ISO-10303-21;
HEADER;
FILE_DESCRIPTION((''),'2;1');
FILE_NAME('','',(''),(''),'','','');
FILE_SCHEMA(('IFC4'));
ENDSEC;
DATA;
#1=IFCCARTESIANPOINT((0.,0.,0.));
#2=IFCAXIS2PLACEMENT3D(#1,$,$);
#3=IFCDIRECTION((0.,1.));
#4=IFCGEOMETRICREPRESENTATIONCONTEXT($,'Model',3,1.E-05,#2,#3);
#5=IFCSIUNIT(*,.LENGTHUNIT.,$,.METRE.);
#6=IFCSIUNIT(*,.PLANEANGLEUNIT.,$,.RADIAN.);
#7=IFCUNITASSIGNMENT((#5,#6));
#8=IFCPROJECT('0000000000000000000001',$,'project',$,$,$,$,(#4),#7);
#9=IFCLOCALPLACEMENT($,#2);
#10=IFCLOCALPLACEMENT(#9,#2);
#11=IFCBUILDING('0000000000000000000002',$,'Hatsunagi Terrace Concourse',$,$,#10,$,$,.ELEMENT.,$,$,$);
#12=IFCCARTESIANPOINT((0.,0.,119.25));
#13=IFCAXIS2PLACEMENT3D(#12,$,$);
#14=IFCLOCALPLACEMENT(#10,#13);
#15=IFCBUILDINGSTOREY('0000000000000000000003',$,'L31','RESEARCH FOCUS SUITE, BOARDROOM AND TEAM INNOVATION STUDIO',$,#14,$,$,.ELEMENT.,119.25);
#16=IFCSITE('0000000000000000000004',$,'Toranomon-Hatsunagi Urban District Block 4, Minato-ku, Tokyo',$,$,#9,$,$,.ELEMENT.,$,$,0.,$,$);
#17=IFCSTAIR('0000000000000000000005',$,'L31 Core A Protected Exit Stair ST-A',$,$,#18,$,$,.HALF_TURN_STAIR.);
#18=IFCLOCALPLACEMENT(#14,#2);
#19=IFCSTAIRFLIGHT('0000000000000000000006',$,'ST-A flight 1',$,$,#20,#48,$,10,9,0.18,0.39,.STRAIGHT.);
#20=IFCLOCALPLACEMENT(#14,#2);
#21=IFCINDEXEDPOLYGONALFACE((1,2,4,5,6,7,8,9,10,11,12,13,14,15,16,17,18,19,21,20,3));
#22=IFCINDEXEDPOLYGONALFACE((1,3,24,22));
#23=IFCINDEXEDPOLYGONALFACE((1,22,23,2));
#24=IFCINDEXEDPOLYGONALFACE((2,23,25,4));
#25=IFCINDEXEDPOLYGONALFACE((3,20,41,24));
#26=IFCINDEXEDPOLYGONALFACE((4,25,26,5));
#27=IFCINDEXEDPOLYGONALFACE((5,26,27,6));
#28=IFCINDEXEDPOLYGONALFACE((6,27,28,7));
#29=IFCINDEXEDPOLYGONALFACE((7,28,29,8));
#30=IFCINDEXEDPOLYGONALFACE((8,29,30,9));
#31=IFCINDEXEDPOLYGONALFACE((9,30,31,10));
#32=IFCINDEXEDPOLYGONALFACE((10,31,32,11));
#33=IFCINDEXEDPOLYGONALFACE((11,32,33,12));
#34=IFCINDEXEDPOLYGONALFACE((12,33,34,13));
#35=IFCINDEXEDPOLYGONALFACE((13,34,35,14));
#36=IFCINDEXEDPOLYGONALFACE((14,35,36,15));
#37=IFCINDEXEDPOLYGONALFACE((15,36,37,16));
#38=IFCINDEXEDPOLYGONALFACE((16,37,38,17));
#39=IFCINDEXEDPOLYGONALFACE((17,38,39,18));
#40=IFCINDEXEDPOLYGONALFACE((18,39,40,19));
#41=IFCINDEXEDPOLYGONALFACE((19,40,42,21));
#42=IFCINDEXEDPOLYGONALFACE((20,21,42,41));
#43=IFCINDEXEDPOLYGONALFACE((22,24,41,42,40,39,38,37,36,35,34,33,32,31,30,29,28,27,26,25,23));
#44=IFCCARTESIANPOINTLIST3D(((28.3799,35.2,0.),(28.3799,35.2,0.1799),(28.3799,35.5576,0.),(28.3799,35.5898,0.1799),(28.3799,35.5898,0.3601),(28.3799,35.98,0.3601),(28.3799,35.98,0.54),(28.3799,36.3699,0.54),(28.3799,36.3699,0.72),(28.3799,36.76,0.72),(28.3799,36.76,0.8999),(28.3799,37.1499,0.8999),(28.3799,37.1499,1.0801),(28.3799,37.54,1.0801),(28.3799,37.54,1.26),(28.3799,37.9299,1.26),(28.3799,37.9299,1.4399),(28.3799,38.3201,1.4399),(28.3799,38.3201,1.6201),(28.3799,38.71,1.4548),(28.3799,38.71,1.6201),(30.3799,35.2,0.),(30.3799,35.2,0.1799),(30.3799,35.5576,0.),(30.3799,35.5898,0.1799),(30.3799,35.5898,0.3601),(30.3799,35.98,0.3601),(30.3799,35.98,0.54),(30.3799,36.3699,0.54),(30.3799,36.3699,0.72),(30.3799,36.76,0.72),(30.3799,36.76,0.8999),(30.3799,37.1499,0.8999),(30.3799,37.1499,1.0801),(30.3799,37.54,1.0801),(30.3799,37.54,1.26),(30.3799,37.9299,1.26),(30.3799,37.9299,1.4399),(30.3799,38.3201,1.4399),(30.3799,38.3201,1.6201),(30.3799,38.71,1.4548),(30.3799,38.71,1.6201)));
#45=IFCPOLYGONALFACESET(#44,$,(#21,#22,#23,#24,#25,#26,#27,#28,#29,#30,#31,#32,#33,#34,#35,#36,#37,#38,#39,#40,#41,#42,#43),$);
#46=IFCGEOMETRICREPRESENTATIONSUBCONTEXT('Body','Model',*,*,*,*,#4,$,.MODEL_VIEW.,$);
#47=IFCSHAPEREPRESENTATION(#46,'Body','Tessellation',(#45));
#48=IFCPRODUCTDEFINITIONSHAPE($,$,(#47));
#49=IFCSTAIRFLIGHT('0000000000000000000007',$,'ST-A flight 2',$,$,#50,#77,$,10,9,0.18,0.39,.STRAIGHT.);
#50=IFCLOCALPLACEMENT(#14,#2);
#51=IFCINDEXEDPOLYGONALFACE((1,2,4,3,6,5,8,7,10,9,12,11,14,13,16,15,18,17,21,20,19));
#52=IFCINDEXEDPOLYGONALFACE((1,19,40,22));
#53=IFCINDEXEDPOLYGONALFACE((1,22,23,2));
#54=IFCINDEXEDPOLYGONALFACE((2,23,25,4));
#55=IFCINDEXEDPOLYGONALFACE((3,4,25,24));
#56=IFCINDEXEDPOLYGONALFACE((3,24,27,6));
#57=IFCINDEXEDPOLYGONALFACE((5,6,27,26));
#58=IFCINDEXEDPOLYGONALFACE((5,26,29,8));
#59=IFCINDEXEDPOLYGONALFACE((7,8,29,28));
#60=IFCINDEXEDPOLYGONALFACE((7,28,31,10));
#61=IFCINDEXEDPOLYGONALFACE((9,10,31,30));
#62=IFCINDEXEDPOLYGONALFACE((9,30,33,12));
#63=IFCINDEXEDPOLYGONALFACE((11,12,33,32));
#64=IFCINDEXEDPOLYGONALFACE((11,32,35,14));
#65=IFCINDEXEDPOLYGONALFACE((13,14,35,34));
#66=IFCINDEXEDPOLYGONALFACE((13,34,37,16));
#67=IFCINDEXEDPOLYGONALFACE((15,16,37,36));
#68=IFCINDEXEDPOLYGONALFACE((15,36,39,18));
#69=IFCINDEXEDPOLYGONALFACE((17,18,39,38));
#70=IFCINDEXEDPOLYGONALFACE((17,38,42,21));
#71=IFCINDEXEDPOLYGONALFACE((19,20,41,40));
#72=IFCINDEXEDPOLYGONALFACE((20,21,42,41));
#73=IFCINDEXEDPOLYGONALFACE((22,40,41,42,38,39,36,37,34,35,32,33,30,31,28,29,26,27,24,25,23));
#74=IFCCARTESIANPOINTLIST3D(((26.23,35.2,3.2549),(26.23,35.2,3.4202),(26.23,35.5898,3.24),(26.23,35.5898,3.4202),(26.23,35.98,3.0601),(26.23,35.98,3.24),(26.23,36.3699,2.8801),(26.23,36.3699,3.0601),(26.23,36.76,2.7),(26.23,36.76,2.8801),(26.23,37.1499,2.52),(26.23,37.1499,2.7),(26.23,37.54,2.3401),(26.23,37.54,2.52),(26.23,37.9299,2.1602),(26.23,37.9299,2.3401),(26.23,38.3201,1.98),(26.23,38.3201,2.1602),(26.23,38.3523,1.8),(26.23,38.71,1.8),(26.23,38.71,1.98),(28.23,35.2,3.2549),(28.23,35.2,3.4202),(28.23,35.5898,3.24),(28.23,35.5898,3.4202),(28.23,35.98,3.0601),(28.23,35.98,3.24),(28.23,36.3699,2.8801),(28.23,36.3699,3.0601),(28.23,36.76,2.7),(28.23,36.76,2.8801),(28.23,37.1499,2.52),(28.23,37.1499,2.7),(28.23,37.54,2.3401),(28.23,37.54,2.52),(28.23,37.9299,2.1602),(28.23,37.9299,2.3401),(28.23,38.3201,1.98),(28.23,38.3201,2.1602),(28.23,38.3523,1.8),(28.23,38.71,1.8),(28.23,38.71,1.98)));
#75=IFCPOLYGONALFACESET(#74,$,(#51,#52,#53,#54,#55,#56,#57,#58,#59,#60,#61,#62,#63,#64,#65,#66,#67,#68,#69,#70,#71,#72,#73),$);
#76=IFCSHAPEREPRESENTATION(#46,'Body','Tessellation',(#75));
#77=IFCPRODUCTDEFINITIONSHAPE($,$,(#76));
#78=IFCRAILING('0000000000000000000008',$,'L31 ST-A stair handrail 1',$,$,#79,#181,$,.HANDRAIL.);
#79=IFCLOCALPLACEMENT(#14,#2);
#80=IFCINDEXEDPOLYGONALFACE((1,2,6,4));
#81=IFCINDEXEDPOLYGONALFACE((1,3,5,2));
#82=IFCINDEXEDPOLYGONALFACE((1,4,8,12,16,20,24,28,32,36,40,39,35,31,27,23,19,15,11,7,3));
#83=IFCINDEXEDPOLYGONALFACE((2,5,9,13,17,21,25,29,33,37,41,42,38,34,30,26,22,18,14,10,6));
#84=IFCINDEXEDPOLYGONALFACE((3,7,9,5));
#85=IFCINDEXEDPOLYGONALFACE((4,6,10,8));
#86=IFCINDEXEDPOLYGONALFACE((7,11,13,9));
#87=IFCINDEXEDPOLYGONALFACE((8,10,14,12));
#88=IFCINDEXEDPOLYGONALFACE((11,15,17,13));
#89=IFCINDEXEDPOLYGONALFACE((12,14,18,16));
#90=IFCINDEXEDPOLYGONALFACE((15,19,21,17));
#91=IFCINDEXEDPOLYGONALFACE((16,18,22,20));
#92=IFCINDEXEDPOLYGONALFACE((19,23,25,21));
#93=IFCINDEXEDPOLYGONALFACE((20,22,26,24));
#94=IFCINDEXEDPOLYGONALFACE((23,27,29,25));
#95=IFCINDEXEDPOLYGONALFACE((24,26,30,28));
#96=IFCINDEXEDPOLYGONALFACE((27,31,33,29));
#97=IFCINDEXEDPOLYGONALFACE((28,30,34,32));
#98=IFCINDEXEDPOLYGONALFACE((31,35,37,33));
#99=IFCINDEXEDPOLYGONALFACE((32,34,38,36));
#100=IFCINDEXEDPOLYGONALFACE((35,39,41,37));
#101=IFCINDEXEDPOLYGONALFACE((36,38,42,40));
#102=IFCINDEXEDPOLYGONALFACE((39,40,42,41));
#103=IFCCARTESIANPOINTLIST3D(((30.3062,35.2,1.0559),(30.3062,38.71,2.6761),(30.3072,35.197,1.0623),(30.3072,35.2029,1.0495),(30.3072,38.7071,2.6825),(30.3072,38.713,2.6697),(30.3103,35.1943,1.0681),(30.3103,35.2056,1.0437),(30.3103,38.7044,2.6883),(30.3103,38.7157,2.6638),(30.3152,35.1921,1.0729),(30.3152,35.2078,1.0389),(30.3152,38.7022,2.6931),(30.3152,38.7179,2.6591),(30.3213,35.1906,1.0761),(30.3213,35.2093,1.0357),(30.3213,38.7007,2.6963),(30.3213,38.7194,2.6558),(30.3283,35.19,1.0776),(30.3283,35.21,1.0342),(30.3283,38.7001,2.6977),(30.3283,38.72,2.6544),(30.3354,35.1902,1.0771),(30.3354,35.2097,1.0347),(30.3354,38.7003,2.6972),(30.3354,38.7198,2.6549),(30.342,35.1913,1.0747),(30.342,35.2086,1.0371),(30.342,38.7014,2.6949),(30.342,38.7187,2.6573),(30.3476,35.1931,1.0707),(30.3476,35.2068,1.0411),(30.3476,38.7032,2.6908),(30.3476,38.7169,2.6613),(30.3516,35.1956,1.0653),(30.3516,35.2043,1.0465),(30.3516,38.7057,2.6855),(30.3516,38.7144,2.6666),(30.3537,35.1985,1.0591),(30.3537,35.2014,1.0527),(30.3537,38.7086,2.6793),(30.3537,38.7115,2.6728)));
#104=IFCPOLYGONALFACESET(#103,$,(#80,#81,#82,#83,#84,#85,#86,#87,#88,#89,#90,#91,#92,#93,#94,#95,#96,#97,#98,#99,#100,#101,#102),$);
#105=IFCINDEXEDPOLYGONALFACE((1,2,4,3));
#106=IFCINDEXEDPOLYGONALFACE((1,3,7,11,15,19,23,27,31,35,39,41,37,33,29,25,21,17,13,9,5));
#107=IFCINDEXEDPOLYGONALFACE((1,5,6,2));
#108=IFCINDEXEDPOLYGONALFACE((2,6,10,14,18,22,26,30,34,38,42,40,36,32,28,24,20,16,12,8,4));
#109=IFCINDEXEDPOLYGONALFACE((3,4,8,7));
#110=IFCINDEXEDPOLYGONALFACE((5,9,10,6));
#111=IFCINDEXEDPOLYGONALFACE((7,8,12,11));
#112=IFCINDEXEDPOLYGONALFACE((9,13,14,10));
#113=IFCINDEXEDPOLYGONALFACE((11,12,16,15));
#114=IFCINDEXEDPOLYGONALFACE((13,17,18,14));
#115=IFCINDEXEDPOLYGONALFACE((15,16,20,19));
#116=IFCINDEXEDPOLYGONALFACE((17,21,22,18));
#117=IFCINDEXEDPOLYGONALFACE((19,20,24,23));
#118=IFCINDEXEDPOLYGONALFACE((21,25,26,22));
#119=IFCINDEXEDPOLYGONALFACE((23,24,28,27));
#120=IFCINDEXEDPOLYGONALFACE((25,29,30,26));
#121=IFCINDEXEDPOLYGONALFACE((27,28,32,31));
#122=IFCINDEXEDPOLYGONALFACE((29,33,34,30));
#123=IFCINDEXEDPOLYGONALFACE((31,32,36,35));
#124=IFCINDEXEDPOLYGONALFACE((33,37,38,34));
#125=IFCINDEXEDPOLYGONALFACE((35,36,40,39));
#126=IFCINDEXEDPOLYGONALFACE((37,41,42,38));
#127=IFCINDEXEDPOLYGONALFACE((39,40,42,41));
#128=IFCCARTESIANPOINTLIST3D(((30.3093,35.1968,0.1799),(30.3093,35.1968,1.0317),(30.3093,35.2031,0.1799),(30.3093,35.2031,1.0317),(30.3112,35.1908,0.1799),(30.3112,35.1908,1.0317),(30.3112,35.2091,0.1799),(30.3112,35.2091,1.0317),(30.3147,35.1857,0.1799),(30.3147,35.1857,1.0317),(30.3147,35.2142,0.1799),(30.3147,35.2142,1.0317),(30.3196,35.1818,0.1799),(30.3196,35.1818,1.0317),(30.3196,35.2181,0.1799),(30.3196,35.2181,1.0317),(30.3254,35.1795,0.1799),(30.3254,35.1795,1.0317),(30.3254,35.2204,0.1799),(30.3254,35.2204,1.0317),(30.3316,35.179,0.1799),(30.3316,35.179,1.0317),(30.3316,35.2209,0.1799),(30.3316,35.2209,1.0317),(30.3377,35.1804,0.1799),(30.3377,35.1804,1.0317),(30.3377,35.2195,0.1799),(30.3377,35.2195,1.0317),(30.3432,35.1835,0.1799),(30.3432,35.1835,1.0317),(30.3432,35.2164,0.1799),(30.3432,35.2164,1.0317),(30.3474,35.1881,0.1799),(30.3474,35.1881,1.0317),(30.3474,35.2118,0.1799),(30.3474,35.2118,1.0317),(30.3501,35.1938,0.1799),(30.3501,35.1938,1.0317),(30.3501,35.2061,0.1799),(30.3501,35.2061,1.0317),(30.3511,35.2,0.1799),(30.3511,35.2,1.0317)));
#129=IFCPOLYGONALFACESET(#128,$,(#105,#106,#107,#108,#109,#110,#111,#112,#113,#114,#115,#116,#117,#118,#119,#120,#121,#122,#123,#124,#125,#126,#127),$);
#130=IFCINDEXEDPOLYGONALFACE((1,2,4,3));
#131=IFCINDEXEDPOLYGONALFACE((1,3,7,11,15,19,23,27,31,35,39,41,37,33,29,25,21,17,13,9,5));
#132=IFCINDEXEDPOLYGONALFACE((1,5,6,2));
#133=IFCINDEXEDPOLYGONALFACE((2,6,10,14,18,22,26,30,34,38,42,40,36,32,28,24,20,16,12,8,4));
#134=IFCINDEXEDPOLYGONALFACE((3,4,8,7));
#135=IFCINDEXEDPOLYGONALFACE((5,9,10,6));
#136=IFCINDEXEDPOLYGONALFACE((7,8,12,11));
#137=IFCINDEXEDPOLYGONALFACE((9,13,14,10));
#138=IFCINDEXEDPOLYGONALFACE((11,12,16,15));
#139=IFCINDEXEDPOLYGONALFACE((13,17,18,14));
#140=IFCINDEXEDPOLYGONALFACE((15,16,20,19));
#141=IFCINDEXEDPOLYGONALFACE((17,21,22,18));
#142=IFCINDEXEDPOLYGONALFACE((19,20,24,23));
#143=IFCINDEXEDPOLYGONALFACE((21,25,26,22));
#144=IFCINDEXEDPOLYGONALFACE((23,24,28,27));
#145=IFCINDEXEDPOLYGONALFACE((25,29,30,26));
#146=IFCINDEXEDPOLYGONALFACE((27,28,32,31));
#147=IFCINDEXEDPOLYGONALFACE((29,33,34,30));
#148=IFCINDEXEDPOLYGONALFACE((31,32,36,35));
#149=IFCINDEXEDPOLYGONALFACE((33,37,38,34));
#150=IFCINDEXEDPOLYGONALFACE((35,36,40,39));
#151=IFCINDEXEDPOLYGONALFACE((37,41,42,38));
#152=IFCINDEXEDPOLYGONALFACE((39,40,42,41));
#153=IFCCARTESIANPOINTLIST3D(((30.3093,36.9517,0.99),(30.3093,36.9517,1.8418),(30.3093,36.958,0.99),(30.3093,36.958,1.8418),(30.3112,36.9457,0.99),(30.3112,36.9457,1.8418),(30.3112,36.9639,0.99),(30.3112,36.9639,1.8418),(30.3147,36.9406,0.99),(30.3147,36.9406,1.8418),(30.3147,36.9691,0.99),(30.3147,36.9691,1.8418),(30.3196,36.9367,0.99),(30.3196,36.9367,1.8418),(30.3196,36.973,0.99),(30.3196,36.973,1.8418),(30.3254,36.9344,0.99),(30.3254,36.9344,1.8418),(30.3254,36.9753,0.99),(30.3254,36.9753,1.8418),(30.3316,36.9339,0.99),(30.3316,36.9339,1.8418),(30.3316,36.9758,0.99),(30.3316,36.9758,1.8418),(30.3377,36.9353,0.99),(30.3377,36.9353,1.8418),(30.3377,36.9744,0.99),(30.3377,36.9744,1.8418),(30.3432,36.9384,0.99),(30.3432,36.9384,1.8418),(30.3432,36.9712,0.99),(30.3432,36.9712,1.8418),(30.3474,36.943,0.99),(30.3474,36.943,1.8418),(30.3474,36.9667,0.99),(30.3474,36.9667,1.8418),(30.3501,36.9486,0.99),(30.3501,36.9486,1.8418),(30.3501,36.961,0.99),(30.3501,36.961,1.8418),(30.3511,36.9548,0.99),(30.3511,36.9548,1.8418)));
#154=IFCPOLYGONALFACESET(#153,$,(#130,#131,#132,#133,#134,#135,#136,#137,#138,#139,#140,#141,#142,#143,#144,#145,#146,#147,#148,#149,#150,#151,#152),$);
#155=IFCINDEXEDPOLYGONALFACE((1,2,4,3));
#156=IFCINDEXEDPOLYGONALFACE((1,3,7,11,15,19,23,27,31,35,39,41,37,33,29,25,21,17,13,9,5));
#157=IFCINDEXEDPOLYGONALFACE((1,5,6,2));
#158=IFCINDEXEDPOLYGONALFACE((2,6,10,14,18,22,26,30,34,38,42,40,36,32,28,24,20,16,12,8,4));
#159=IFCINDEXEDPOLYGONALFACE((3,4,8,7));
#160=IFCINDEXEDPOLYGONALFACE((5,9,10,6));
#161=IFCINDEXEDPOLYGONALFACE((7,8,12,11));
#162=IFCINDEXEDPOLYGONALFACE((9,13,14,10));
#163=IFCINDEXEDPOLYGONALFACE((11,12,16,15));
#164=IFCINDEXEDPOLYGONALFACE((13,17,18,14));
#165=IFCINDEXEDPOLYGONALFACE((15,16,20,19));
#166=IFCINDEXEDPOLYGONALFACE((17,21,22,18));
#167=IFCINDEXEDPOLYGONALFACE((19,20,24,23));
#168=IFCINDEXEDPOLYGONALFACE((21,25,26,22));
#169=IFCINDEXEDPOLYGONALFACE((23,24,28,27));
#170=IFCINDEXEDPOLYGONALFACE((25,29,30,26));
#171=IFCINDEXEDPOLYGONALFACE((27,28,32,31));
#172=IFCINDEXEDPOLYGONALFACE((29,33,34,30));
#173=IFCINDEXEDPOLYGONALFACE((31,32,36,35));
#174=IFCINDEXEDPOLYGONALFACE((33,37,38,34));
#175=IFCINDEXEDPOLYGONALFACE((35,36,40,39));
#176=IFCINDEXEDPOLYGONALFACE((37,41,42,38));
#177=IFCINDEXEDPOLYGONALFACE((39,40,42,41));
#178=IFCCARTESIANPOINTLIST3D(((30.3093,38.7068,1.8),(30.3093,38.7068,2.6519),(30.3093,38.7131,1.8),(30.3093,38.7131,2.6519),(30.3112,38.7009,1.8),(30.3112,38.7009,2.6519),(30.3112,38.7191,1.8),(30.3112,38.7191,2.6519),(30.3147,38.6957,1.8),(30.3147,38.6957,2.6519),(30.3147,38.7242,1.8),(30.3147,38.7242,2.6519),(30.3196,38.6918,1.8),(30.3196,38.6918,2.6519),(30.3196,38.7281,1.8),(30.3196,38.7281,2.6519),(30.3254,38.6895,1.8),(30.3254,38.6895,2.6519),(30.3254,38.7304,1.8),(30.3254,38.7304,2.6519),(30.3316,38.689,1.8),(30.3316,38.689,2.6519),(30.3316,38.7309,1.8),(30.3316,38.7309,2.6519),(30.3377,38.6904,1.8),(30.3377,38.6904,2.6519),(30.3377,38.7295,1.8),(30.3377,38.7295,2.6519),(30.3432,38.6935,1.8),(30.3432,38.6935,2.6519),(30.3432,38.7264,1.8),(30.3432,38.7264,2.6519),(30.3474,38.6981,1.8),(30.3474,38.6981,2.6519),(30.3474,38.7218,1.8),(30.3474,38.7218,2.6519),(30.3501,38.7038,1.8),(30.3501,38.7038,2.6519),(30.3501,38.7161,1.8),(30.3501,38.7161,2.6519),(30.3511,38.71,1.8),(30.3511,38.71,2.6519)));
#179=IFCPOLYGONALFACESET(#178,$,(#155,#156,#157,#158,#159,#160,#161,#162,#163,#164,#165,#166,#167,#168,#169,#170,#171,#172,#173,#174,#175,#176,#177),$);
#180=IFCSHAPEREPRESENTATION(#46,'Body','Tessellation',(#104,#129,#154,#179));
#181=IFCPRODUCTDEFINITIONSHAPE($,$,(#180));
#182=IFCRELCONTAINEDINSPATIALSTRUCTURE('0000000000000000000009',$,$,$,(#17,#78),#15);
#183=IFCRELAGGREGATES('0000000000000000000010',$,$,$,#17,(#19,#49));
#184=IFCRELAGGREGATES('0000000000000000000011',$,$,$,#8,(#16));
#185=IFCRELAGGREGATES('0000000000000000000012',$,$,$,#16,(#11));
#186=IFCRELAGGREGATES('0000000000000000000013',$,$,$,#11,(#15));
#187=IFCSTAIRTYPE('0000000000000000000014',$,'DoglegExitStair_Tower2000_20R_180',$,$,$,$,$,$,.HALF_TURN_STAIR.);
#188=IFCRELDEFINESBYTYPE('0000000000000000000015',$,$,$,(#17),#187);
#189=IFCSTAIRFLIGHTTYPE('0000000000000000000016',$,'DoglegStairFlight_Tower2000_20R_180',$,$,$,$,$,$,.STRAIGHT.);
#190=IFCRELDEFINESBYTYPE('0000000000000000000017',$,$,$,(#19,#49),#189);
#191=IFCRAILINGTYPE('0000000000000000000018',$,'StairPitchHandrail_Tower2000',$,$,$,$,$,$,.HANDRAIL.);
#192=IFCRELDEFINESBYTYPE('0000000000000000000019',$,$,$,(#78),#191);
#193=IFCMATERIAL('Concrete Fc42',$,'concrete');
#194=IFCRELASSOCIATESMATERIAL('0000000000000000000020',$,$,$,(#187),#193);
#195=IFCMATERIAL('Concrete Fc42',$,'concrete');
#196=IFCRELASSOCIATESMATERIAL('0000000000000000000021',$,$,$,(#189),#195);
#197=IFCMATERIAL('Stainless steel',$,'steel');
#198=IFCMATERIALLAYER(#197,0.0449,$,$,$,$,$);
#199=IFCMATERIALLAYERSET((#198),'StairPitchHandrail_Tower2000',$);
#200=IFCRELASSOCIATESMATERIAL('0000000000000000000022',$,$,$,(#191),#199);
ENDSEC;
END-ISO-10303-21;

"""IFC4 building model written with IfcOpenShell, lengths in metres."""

from ifc_helpers import new_model, si_unit, direction, frame, origin, origin_2d, place, context, subcontext, project, spatial, polyline, circle, outline, extrude, material, layer, layer_set, type_object, element, aggregate, save


model = new_model("IFC4")

# Units and contexts
model_context = context("Model", 3, precision=1e-05, world=origin(), true_north=direction((0.0, 1.0)))
body_context = subcontext(model_context, "Body", "Model", "MODEL_VIEW")
ifc_project = project(units=[si_unit("LENGTHUNIT", "METRE"), si_unit("PLANEANGLEUNIT", "RADIAN")], contexts=[model_context])

# Site, building, storey
site_placement = place(None, origin())
site = spatial("IfcSite", under=ifc_project, at=site_placement, Name="Toranomon-Hatsunagi Urban District Block 4, Minato-ku, Tokyo", CompositionType="ELEMENT", RefElevation=0.0)
building_placement = place(site_placement, origin())
building = spatial("IfcBuilding", under=site, at=building_placement, Name="Hatsunagi Terrace Concourse", CompositionType="ELEMENT")
storey_placement = place(building_placement, frame((0.0, 0.0, 119.25)))
storey = spatial("IfcBuildingStorey", under=building, at=storey_placement, Name="L31", Description="RESEARCH FOCUS SUITE, BOARDROOM AND TEAM INNOVATION STUDIO", CompositionType="ELEMENT", Elevation=119.25)

# Stair, stair flights
ifc_material_1 = material(Name="Concrete Fc42", Category="concrete")
stair_type = type_object("IfcStairType", Name="DoglegExitStair_Tower2000_20R_180", PredefinedType="HALF_TURN_STAIR", material=ifc_material_1)
stair_placement = place(storey_placement, origin())
stair = element("IfcStair", 1, at=stair_placement, inside=storey, type_object=stair_type, Name="L31 Core A Protected Exit Stair ST-A", PredefinedType="HALF_TURN_STAIR")
ifc_material_2 = material(Name="Concrete Fc42", Category="concrete")
stair_flight_type = type_object("IfcStairFlightType", Name="DoglegStairFlight_Tower2000_20R_180", PredefinedType="STRAIGHT", material=ifc_material_2)
stair_flight_1_placement = place(storey_placement, frame((29.3799, 35.2, 0.0), z_axis=(0.0, 0.0, 1.0), x_axis=(0.0, 1.0, 0.0)))
stair_flight_1 = element("IfcStairFlight", 2, at=stair_flight_1_placement, type_object=stair_flight_type, Name="ST-A flight 1", NumberOfRisers=10, NumberOfTreads=9, PredefinedType="STRAIGHT", RiserHeight=0.18, TreadLength=0.39, context=body_context, shape_type="SweptSolid", body=[
    extrude(outline(polyline([(0.0, 0.0), (0.0, 0.1799), (0.3899, 0.1799), (0.3899, 0.3601), (0.78, 0.3601), (0.78, 0.54), (1.1699, 0.54), (1.1699, 0.72), (1.5601, 0.72), (1.5601, 0.8999), (1.95, 0.8999), (1.95, 1.0801), (2.3401, 1.0801), (2.3401, 1.26), (2.73, 1.26), (2.73, 1.4399), (3.1201, 1.4399), (3.1201, 1.6201), (3.51, 1.6201), (3.51, 1.8), (3.51, 1.4548), (0.3577, 0.0), (0.0, 0.0)])), frame((0.0, 1.0, 0.0), z_axis=(0.0, -1.0, 0.0), x_axis=(1.0, 0.0, 0.0)), (0.0, 0.0, 1.0), 2.0),
])
stair_flight_2_placement = place(storey_placement, frame((27.23, 38.71, 1.8), z_axis=(0.0, 0.0, 1.0), x_axis=(0.0, -1.0, 0.0)))
stair_flight_2 = element("IfcStairFlight", 3, at=stair_flight_2_placement, type_object=stair_flight_type, Name="ST-A flight 2", NumberOfRisers=10, NumberOfTreads=9, PredefinedType="STRAIGHT", RiserHeight=0.18, TreadLength=0.39, context=body_context, shape_type="SweptSolid", body=[
    extrude(outline(polyline([(0.0, 0.0), (0.0, 0.1799), (0.3899, 0.1799), (0.3899, 0.3601), (0.78, 0.3601), (0.78, 0.54), (1.1699, 0.54), (1.1699, 0.72), (1.5601, 0.72), (1.5601, 0.8999), (1.95, 0.8999), (1.95, 1.0801), (2.3401, 1.0801), (2.3401, 1.26), (2.73, 1.26), (2.73, 1.4399), (3.1201, 1.4399), (3.1201, 1.6201), (3.51, 1.6201), (3.51, 1.8), (3.51, 1.4548), (0.3577, 0.0), (0.0, 0.0)])), frame((0.0, 1.0, 0.0), z_axis=(0.0, -1.0, 0.0), x_axis=(1.0, 0.0, 0.0)), (0.0, 0.0, 1.0), 2.0),
])
aggregate(stair, [stair_flight_1, stair_flight_2])

# Railing
ifc_material_3 = material(Name="Stainless steel", Category="steel")
ifc_layer_1 = layer(ifc_material_3, 0.0449)
ifc_layer_set_1 = layer_set([ifc_layer_1], Name="StairPitchHandrail_Tower2000")
railing_type_1 = type_object("IfcRailingType", Name="StairPitchHandrail_Tower2000", PredefinedType="HANDRAIL", material=ifc_layer_set_1)
railing_1_placement = place(storey_placement, frame((30.3301, 35.2, 0.1799)))
element("IfcRailing", 4, at=railing_1_placement, inside=storey, type_object=railing_type_1, Name="L31 ST-A stair handrail 1", PredefinedType="HANDRAIL", context=body_context, shape_type="SweptSolid", body=[
    extrude(circle(Radius=0.0239, at=origin_2d()), frame((0.0, 0.0, 0.876), z_axis=(0.0, 0.907948, 0.419082), x_axis=(-1.0, 0.0, 0.0)), (0.0, 0.0, 1.0), 3.866),
    extrude(circle(Radius=0.021, at=origin_2d()), origin(), (0.0, 0.0, 1.0), 0.8518),
    extrude(circle(Radius=0.021, at=origin_2d()), frame((0.0, 1.7549, 0.8101)), (0.0, 0.0, 1.0), 0.8518),
    extrude(circle(Radius=0.021, at=origin_2d()), frame((0.0, 3.51, 1.6201)), (0.0, 0.0, 1.0), 0.8518),
])

save(model, "model.ifc")
